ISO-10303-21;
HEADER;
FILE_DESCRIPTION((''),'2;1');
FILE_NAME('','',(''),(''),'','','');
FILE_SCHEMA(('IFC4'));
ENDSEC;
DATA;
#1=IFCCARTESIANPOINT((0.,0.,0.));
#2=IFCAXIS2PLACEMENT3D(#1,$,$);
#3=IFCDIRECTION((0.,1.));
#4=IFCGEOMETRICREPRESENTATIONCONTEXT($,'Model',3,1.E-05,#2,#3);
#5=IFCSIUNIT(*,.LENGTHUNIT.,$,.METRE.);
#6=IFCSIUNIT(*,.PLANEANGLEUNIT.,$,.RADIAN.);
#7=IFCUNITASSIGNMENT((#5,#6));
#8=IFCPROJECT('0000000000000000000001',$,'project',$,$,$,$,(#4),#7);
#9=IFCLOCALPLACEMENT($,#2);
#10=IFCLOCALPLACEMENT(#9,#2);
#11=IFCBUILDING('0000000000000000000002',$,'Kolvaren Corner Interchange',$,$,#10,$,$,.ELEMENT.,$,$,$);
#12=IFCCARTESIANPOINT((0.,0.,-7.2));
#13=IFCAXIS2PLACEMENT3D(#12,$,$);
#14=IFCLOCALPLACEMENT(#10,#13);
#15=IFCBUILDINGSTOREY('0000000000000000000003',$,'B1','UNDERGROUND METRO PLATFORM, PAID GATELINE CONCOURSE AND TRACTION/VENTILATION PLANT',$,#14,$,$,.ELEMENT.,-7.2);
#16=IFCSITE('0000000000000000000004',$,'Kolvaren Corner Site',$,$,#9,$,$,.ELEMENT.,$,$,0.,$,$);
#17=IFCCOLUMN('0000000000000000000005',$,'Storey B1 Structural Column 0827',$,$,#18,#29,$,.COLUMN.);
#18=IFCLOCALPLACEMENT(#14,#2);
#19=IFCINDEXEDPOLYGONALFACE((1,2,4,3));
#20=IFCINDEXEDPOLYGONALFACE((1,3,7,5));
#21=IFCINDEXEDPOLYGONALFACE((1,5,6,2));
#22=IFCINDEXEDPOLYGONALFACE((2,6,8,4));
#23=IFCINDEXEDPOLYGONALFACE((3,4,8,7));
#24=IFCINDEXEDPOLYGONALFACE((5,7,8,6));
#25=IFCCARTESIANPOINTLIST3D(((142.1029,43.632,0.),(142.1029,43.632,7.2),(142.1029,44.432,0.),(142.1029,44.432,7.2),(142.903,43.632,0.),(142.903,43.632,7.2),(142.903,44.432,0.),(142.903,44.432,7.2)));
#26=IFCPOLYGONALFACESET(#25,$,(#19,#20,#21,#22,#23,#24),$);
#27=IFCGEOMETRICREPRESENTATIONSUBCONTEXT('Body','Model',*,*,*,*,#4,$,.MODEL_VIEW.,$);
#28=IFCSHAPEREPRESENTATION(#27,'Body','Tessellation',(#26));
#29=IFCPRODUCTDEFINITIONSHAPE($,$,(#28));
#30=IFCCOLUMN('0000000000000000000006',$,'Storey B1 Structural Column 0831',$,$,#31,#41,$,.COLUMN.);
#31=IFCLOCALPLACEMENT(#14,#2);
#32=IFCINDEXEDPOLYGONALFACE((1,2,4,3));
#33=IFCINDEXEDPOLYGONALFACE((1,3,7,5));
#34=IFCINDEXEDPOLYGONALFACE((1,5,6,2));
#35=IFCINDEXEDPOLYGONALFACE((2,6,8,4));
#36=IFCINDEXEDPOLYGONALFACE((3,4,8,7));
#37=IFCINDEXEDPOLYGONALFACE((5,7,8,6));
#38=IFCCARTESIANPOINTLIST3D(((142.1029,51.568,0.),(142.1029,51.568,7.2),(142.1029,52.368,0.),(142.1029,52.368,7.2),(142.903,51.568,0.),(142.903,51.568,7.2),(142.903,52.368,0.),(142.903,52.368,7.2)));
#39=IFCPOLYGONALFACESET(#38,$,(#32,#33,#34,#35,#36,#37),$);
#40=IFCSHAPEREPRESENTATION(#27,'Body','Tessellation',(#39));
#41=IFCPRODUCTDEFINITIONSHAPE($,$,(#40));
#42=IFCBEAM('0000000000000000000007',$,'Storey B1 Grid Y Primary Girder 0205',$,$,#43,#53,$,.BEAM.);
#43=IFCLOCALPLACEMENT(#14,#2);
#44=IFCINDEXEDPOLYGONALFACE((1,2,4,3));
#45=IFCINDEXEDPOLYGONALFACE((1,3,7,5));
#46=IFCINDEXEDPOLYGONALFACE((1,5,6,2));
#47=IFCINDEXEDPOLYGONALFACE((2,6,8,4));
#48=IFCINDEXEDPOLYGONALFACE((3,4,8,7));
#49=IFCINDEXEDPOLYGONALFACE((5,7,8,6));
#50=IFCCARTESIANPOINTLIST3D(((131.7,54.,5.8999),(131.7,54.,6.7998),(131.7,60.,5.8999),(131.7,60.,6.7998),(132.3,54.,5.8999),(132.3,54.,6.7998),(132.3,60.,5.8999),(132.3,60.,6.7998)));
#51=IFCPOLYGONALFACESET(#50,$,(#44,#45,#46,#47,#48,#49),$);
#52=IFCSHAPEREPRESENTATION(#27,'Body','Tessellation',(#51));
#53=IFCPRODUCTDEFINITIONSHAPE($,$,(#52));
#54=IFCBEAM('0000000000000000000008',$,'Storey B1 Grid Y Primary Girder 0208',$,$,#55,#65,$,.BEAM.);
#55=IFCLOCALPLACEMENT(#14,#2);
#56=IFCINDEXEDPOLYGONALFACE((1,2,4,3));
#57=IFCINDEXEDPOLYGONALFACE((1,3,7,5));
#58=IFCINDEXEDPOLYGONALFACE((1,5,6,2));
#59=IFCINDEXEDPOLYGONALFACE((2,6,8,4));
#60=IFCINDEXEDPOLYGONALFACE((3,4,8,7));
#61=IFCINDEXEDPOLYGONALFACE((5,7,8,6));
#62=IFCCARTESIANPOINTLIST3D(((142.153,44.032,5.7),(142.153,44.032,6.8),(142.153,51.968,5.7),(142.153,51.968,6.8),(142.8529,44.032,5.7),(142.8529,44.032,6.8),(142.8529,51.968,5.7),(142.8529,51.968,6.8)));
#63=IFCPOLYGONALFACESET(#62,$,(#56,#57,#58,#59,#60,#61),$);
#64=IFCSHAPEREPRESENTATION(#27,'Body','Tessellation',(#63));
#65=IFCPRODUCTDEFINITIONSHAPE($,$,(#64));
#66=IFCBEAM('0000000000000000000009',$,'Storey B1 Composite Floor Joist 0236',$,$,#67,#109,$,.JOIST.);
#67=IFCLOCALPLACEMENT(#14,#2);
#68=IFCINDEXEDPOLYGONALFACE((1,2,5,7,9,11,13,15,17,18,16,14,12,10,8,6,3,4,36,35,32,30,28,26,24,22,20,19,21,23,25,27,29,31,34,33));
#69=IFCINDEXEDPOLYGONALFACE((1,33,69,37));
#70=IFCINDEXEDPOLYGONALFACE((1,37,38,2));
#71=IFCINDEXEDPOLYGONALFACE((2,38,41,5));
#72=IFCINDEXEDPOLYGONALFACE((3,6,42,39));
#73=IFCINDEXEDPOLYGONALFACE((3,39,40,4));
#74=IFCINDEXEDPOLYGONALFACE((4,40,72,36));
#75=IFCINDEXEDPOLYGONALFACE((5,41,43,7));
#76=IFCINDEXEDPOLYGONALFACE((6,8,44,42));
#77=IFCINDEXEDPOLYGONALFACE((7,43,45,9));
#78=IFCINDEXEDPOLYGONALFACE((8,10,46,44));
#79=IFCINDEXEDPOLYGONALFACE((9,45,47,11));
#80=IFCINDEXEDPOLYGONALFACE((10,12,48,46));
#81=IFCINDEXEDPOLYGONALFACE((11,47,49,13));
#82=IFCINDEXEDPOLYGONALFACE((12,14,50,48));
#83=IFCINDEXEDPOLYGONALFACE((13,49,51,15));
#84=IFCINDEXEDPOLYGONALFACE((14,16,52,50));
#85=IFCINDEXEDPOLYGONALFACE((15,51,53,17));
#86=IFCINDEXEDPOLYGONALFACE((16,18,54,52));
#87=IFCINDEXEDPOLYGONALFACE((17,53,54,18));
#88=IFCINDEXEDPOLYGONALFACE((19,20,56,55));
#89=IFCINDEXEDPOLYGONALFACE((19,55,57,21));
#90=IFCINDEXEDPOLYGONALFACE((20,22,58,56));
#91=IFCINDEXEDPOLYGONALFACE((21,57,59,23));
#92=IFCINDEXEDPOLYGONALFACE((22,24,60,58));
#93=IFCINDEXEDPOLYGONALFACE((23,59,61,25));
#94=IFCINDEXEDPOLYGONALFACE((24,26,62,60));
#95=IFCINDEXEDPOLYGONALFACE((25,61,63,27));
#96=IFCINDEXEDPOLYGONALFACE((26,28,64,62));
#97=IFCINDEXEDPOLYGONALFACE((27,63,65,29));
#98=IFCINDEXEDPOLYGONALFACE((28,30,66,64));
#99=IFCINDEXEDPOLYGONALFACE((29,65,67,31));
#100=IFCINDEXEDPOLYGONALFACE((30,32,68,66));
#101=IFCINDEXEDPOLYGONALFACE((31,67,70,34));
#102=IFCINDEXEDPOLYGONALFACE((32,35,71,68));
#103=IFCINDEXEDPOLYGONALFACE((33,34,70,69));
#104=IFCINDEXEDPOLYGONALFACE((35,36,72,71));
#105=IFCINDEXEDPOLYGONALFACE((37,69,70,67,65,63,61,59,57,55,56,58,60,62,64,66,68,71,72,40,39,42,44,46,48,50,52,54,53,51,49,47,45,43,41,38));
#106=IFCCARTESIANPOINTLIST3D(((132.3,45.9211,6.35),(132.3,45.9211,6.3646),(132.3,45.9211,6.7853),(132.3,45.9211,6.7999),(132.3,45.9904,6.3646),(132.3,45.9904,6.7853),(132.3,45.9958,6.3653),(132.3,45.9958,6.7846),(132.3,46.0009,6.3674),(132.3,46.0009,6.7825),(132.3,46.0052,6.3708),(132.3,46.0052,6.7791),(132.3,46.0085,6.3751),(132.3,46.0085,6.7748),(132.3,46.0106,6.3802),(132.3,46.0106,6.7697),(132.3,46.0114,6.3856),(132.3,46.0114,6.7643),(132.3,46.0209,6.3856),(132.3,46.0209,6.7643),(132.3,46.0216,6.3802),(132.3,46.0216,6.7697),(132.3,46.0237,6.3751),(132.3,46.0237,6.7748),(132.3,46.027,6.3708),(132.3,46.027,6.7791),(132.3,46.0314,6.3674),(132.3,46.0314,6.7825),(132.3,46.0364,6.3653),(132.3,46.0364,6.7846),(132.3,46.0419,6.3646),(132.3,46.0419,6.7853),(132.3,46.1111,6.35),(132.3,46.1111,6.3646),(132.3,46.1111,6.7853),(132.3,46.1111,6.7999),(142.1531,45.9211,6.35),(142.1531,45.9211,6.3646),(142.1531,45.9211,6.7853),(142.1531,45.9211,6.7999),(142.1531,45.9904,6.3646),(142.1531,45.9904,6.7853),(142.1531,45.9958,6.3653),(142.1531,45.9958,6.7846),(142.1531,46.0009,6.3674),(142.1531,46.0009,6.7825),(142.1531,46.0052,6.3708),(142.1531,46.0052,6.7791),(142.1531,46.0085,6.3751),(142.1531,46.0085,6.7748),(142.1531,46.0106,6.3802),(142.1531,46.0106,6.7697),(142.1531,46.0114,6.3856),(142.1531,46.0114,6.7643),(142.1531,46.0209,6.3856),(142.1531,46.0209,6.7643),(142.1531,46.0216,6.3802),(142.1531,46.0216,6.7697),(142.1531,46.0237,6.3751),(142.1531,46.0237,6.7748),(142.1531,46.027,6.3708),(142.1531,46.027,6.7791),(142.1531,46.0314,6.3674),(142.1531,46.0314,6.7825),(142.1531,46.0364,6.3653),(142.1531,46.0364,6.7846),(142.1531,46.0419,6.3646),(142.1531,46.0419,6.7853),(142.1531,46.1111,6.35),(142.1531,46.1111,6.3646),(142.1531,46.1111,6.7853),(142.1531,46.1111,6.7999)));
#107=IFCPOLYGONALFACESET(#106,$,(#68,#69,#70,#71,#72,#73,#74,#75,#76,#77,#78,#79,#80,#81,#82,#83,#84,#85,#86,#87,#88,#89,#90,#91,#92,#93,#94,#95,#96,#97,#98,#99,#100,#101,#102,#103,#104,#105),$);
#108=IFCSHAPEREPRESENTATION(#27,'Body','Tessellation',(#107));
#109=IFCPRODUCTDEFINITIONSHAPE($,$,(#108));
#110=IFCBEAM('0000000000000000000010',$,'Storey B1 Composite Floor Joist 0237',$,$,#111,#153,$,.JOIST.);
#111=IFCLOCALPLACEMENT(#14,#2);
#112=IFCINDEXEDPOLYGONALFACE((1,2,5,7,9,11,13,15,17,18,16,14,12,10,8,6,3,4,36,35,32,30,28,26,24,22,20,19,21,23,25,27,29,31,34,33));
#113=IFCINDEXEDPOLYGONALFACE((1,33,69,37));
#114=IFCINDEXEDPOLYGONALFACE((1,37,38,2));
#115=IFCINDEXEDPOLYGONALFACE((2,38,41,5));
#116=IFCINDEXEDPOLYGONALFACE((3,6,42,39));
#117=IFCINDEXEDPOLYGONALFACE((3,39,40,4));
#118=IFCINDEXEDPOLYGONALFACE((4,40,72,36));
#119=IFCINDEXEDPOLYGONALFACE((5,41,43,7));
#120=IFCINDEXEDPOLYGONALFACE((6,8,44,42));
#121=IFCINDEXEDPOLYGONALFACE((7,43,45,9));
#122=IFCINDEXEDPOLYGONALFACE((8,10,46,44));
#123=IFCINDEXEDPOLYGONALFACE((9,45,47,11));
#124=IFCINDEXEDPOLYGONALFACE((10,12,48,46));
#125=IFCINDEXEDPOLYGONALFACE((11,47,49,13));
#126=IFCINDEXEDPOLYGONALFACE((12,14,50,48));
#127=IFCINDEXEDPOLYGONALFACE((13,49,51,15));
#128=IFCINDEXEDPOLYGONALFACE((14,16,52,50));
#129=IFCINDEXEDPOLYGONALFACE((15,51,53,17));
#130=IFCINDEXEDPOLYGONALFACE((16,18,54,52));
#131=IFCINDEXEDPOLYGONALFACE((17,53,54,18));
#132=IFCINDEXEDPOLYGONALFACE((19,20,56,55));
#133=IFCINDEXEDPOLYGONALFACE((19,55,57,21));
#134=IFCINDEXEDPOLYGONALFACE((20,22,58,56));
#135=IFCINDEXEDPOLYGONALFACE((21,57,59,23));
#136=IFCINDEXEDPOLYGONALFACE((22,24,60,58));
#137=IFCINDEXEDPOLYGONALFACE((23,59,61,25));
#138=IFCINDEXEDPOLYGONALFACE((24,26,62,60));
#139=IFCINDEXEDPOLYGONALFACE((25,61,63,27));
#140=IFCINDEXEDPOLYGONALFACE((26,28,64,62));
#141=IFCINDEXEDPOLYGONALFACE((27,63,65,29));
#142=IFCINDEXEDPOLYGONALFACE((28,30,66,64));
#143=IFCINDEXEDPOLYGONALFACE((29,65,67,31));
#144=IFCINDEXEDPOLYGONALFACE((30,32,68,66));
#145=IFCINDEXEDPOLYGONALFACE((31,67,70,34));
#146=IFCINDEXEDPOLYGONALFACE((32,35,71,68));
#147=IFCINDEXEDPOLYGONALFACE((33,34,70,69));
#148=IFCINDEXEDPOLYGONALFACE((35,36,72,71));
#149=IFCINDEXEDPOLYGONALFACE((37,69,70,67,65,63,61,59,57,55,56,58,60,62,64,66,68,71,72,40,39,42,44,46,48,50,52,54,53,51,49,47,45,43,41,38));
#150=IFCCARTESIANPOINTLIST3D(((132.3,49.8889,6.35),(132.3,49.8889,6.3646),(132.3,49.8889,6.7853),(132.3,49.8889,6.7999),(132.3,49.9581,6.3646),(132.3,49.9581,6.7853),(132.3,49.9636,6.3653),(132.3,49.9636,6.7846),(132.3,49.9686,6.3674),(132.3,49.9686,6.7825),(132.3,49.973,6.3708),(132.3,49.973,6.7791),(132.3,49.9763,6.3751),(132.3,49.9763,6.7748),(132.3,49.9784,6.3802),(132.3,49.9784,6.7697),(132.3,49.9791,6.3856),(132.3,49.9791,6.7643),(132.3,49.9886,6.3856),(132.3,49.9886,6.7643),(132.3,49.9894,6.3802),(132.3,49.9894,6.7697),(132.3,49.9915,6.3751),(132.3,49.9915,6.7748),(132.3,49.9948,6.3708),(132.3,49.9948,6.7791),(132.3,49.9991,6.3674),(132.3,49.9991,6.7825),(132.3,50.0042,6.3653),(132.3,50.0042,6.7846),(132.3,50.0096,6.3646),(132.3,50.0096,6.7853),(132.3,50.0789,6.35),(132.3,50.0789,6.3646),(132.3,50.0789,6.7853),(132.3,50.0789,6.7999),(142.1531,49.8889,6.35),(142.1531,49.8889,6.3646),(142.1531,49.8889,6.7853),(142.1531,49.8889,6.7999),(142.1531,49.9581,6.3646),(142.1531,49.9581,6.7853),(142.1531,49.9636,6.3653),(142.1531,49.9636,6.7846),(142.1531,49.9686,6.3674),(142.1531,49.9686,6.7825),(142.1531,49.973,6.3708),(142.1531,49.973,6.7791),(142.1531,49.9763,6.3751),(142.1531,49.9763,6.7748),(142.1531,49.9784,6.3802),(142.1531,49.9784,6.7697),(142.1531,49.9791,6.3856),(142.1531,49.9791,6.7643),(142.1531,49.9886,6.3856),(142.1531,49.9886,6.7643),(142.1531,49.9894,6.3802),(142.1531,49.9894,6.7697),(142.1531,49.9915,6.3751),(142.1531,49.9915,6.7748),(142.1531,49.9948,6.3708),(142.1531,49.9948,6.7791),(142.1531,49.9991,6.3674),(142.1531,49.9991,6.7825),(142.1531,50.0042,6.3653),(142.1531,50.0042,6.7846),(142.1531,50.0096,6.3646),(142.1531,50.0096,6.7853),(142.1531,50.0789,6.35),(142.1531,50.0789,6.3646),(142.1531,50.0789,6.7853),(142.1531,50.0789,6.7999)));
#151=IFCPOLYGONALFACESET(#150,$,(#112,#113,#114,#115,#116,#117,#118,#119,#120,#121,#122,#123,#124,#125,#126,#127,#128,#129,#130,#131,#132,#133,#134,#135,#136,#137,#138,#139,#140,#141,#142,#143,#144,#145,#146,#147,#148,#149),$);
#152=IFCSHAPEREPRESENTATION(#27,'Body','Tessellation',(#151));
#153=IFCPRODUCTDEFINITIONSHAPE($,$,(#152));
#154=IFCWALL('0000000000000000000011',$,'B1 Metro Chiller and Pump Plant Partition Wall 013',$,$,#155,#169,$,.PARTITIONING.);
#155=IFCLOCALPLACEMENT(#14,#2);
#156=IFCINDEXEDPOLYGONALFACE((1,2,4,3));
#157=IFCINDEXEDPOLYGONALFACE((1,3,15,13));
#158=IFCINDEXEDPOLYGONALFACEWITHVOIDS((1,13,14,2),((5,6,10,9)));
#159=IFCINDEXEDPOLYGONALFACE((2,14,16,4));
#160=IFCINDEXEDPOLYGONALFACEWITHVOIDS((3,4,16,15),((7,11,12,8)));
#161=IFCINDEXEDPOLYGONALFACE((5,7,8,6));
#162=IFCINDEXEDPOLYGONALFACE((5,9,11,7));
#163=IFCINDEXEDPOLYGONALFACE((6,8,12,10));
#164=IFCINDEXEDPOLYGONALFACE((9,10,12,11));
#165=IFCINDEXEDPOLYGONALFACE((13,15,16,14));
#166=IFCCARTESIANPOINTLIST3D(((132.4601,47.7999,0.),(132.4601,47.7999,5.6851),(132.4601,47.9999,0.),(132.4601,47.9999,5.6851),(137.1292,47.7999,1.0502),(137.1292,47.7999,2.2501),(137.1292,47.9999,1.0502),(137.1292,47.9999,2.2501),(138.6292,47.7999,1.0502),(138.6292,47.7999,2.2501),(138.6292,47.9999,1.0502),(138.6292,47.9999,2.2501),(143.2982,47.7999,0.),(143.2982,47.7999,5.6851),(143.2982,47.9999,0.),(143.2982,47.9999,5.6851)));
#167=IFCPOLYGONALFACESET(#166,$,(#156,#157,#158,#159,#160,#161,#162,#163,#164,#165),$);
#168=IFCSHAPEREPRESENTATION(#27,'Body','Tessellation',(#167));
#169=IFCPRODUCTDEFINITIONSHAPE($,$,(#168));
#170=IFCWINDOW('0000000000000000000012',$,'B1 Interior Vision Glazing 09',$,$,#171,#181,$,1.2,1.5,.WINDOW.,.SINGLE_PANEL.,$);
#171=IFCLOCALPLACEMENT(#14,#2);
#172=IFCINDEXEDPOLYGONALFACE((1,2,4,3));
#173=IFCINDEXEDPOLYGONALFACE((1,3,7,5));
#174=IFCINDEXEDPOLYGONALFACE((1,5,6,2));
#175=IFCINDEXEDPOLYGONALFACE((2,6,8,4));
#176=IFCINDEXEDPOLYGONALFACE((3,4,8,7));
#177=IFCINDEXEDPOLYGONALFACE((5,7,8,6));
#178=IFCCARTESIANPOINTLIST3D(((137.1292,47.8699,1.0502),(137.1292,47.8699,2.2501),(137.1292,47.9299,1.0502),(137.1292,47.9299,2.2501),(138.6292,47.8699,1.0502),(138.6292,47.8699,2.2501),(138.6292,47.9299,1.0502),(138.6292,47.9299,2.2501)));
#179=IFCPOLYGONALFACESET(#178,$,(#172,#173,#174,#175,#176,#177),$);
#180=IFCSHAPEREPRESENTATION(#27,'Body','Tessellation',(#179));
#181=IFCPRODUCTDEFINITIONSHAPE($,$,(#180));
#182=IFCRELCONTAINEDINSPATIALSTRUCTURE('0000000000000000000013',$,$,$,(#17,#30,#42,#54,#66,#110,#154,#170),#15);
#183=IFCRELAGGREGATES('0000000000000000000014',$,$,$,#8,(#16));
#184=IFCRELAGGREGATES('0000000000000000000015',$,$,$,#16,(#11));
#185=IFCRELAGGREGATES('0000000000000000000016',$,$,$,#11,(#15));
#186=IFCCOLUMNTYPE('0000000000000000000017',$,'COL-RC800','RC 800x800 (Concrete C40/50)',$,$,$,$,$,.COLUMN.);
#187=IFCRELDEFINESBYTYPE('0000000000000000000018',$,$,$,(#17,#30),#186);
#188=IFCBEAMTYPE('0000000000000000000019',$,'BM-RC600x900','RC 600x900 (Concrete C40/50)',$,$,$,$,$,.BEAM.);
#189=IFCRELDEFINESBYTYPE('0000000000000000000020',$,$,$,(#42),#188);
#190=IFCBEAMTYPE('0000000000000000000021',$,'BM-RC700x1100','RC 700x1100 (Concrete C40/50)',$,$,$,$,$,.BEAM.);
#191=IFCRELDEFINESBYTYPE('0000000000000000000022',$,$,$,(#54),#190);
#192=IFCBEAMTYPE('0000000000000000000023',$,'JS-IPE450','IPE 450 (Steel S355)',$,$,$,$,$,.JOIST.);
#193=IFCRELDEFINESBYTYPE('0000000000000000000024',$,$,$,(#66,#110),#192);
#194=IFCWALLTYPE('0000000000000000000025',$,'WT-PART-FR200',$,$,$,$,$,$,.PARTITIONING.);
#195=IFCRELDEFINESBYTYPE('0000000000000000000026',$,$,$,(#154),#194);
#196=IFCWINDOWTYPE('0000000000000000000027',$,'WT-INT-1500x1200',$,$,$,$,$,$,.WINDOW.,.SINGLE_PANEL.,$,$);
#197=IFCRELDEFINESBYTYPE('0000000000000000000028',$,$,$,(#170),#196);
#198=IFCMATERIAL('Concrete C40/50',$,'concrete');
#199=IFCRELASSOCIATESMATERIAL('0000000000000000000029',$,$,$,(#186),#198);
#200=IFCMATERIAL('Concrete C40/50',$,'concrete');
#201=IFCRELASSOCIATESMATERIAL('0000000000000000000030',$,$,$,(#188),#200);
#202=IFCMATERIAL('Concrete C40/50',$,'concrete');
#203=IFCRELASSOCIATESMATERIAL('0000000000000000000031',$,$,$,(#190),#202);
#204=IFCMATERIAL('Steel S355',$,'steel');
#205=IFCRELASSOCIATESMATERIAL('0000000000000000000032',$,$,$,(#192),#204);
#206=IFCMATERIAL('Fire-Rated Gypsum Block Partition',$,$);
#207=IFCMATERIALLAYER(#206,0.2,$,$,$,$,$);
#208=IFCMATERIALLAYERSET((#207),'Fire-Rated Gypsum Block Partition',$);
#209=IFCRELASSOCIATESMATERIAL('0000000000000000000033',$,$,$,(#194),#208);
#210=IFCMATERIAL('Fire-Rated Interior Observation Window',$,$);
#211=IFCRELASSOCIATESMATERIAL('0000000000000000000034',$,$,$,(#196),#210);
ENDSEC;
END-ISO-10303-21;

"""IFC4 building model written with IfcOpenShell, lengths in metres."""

from ifc_helpers import new_model, si_unit, direction, frame, frame_2d, origin, origin_2d, place, context, subcontext, project, spatial, rectangle, i_section, extrude, material, layer, layer_set, material_profile, profile_set, type_object, element, fill, save


model = new_model("IFC4")

# Units and contexts
model_context = context("Model", 3, precision=1e-05, world=origin(), true_north=direction((0.0, 1.0)))
body_context = subcontext(model_context, "Body", "Model", "MODEL_VIEW")
ifc_project = project(units=[si_unit("LENGTHUNIT", "METRE"), si_unit("PLANEANGLEUNIT", "RADIAN")], contexts=[model_context])

# Site, building, storey
site_placement = place(None, origin())
site = spatial("IfcSite", under=ifc_project, at=site_placement, Name="Kolvaren Corner Site", CompositionType="ELEMENT", RefElevation=0.0)
building_placement = place(site_placement, origin())
building = spatial("IfcBuilding", under=site, at=building_placement, Name="Kolvaren Corner Interchange", CompositionType="ELEMENT")
storey_placement = place(building_placement, frame((0.0, 0.0, -7.2)))
storey = spatial("IfcBuildingStorey", under=building, at=storey_placement, Name="B1", Description="UNDERGROUND METRO PLATFORM, PAID GATELINE CONCOURSE AND TRACTION/VENTILATION PLANT", CompositionType="ELEMENT", Elevation=-7.2)

# Columns
ifc_material_1 = material(Name="Concrete C40/50", Category="concrete")
ifc_material_profile_1 = material_profile(ifc_material_1, rectangle(XDim=0.8, YDim=0.8, at=origin_2d()), Name="RC 800x800")
ifc_profile_set_1 = profile_set([ifc_material_profile_1], Name="Concrete C40/50")
column_type = type_object("IfcColumnType", Name="COL-RC800", Description="RC 800x800 (Concrete C40/50)", PredefinedType="COLUMN", material=ifc_profile_set_1)
for number, where, z_axis, x_axis, name in (
    (1, (142.5029, 44.032, 0.0), (0.0, 0.0, 1.0), (1.0, 0.0, 0.0), "Storey B1 Structural Column 0827"),
    (2, (142.5029, 51.968, 0.0), (0.0, 0.0, 1.0), (1.0, 0.0, 0.0), "Storey B1 Structural Column 0831"),
):
    element("IfcColumn", number, at=place(storey_placement, frame(where, z_axis=z_axis, x_axis=x_axis)), inside=storey, type_object=column_type, Name=name, PredefinedType="COLUMN", context=body_context, shape_type="SweptSolid", body=[
        extrude(rectangle(XDim=0.8, YDim=0.8, at=origin_2d()), origin(), (0.0, 0.0, 1.0), 7.2),
    ])

# Beams
ifc_material_2 = material(Name="Concrete C40/50", Category="concrete")
ifc_material_profile_2 = material_profile(ifc_material_2, rectangle(XDim=0.6001, YDim=0.8999, at=origin_2d()), Name="RC 600x900")
ifc_profile_set_2 = profile_set([ifc_material_profile_2], Name="Concrete C40/50")
beam_type_1 = type_object("IfcBeamType", Name="BM-RC600x900", Description="RC 600x900 (Concrete C40/50)", PredefinedType="BEAM", material=ifc_profile_set_2)
beam_1_placement = place(storey_placement, frame((132.0, 54.0, 6.3499), z_axis=(0.0, 1.0, 0.0), x_axis=(-1.0, 0.0, 0.0)))
element("IfcBeam", 3, at=beam_1_placement, inside=storey, type_object=beam_type_1, Name="Storey B1 Grid Y Primary Girder 0205", PredefinedType="BEAM", context=body_context, shape_type="SweptSolid", body=[
    extrude(rectangle(XDim=0.6001, YDim=0.8999, at=origin_2d()), origin(), (0.0, 0.0, 1.0), 6.0),
])
ifc_material_3 = material(Name="Concrete C40/50", Category="concrete")
ifc_material_profile_3 = material_profile(ifc_material_3, rectangle(XDim=0.7, YDim=1.1001, at=origin_2d()), Name="RC 700x1100")
ifc_profile_set_3 = profile_set([ifc_material_profile_3], Name="Concrete C40/50")
beam_type_2 = type_object("IfcBeamType", Name="BM-RC700x1100", Description="RC 700x1100 (Concrete C40/50)", PredefinedType="BEAM", material=ifc_profile_set_3)
beam_2_placement = place(storey_placement, frame((142.5029, 44.032, 6.25), z_axis=(0.0, 1.0, 0.0), x_axis=(-1.0, 0.0, 0.0)))
element("IfcBeam", 4, at=beam_2_placement, inside=storey, type_object=beam_type_2, Name="Storey B1 Grid Y Primary Girder 0208", PredefinedType="BEAM", context=body_context, shape_type="SweptSolid", body=[
    extrude(rectangle(XDim=0.7, YDim=1.1001, at=origin_2d()), origin(), (0.0, 0.0, 1.0), 7.936),
])
ifc_material_4 = material(Name="Steel S355", Category="steel")
ifc_material_profile_4 = material_profile(ifc_material_4, i_section(OverallWidth=0.1899, OverallDepth=0.45, WebThickness=0.0095, FlangeThickness=0.0146, FilletRadius=0.021, at=origin_2d()), Name="IPE 450")
ifc_profile_set_4 = profile_set([ifc_material_profile_4], Name="Steel S355")
beam_type_3 = type_object("IfcBeamType", Name="JS-IPE450", Description="IPE 450 (Steel S355)", PredefinedType="JOIST", material=ifc_profile_set_4)
for number, where, z_axis, x_axis, name in (
    (5, (132.3, 46.0161, 6.575), (1.0, 0.0, 0.0), (0.0, 1.0, 0.0), "Storey B1 Composite Floor Joist 0236"),
    (6, (132.3, 49.9839, 6.575), (1.0, 0.0, 0.0), (0.0, 1.0, 0.0), "Storey B1 Composite Floor Joist 0237"),
):
    element("IfcBeam", number, at=place(storey_placement, frame(where, z_axis=z_axis, x_axis=x_axis)), inside=storey, type_object=beam_type_3, Name=name, PredefinedType="JOIST", context=body_context, shape_type="SweptSolid", body=[
        extrude(i_section(OverallWidth=0.1899, OverallDepth=0.45, WebThickness=0.0095, FlangeThickness=0.0146, FilletRadius=0.021, at=origin_2d()), origin(), (0.0, 0.0, 1.0), 9.853),
    ])

# Wall, opening, window
ifc_material_5 = material(Name="Fire-Rated Gypsum Block Partition")
ifc_layer = layer(ifc_material_5, 0.2)
ifc_layer_set = layer_set([ifc_layer], Name="Fire-Rated Gypsum Block Partition")
wall_type = type_object("IfcWallType", Name="WT-PART-FR200", PredefinedType="PARTITIONING", material=ifc_layer_set)
wall_1_placement = place(storey_placement, frame((143.2981, 47.8999, 0.0), z_axis=(0.0, 0.0, 1.0), x_axis=(-1.0, 0.0, 0.0)))
wall_1 = element("IfcWall", 7, at=wall_1_placement, inside=storey, type_object=wall_type, Name="B1 Metro Chiller and Pump Plant Partition Wall 013", PredefinedType="PARTITIONING", context=body_context, shape_type="SweptSolid", body=[
    extrude(rectangle(XDim=10.8381, YDim=0.2, at=frame_2d((5.4189, 0.0))), origin(), (0.0, 0.0, 1.0), 5.6851),
])
opening_1_placement = place(wall_1_placement, frame((4.6689, 0.0, 1.05)))
opening_1 = element("IfcOpeningElement", 8, at=opening_1_placement, cuts=wall_1, PredefinedType="OPENING", context=body_context, shape_type="SweptSolid", body=[
    extrude(rectangle(XDim=1.5, YDim=1.2, at=frame_2d((0.75, 0.6001))), frame((0.0, 0.1099, 0.0), z_axis=(0.0, -1.0, 0.0), x_axis=(1.0, 0.0, 0.0)), (0.0, 0.0, 1.0), 0.22),
])
ifc_material_6 = material(Name="Fire-Rated Interior Observation Window")
window_type = type_object("IfcWindowType", Name="WT-INT-1500x1200", PartitioningType="SINGLE_PANEL", PredefinedType="WINDOW", material=ifc_material_6)
window_1_placement = place(opening_1_placement, origin())
window_1 = element("IfcWindow", 9, at=window_1_placement, inside=storey, type_object=window_type, Name="B1 Interior Vision Glazing 09", OverallHeight=1.2, OverallWidth=1.5, PartitioningType="SINGLE_PANEL", PredefinedType="WINDOW", context=body_context, shape_type="SweptSolid", body=[
    extrude(rectangle(XDim=1.5, YDim=1.2, at=frame_2d((0.75, 0.6001))), frame((0.0, 0.03, 0.0), z_axis=(0.0, -1.0, 0.0), x_axis=(1.0, 0.0, 0.0)), (0.0, 0.0, 1.0), 0.0601),
])
fill(opening_1, window_1)

save(model, "model.ifc")
